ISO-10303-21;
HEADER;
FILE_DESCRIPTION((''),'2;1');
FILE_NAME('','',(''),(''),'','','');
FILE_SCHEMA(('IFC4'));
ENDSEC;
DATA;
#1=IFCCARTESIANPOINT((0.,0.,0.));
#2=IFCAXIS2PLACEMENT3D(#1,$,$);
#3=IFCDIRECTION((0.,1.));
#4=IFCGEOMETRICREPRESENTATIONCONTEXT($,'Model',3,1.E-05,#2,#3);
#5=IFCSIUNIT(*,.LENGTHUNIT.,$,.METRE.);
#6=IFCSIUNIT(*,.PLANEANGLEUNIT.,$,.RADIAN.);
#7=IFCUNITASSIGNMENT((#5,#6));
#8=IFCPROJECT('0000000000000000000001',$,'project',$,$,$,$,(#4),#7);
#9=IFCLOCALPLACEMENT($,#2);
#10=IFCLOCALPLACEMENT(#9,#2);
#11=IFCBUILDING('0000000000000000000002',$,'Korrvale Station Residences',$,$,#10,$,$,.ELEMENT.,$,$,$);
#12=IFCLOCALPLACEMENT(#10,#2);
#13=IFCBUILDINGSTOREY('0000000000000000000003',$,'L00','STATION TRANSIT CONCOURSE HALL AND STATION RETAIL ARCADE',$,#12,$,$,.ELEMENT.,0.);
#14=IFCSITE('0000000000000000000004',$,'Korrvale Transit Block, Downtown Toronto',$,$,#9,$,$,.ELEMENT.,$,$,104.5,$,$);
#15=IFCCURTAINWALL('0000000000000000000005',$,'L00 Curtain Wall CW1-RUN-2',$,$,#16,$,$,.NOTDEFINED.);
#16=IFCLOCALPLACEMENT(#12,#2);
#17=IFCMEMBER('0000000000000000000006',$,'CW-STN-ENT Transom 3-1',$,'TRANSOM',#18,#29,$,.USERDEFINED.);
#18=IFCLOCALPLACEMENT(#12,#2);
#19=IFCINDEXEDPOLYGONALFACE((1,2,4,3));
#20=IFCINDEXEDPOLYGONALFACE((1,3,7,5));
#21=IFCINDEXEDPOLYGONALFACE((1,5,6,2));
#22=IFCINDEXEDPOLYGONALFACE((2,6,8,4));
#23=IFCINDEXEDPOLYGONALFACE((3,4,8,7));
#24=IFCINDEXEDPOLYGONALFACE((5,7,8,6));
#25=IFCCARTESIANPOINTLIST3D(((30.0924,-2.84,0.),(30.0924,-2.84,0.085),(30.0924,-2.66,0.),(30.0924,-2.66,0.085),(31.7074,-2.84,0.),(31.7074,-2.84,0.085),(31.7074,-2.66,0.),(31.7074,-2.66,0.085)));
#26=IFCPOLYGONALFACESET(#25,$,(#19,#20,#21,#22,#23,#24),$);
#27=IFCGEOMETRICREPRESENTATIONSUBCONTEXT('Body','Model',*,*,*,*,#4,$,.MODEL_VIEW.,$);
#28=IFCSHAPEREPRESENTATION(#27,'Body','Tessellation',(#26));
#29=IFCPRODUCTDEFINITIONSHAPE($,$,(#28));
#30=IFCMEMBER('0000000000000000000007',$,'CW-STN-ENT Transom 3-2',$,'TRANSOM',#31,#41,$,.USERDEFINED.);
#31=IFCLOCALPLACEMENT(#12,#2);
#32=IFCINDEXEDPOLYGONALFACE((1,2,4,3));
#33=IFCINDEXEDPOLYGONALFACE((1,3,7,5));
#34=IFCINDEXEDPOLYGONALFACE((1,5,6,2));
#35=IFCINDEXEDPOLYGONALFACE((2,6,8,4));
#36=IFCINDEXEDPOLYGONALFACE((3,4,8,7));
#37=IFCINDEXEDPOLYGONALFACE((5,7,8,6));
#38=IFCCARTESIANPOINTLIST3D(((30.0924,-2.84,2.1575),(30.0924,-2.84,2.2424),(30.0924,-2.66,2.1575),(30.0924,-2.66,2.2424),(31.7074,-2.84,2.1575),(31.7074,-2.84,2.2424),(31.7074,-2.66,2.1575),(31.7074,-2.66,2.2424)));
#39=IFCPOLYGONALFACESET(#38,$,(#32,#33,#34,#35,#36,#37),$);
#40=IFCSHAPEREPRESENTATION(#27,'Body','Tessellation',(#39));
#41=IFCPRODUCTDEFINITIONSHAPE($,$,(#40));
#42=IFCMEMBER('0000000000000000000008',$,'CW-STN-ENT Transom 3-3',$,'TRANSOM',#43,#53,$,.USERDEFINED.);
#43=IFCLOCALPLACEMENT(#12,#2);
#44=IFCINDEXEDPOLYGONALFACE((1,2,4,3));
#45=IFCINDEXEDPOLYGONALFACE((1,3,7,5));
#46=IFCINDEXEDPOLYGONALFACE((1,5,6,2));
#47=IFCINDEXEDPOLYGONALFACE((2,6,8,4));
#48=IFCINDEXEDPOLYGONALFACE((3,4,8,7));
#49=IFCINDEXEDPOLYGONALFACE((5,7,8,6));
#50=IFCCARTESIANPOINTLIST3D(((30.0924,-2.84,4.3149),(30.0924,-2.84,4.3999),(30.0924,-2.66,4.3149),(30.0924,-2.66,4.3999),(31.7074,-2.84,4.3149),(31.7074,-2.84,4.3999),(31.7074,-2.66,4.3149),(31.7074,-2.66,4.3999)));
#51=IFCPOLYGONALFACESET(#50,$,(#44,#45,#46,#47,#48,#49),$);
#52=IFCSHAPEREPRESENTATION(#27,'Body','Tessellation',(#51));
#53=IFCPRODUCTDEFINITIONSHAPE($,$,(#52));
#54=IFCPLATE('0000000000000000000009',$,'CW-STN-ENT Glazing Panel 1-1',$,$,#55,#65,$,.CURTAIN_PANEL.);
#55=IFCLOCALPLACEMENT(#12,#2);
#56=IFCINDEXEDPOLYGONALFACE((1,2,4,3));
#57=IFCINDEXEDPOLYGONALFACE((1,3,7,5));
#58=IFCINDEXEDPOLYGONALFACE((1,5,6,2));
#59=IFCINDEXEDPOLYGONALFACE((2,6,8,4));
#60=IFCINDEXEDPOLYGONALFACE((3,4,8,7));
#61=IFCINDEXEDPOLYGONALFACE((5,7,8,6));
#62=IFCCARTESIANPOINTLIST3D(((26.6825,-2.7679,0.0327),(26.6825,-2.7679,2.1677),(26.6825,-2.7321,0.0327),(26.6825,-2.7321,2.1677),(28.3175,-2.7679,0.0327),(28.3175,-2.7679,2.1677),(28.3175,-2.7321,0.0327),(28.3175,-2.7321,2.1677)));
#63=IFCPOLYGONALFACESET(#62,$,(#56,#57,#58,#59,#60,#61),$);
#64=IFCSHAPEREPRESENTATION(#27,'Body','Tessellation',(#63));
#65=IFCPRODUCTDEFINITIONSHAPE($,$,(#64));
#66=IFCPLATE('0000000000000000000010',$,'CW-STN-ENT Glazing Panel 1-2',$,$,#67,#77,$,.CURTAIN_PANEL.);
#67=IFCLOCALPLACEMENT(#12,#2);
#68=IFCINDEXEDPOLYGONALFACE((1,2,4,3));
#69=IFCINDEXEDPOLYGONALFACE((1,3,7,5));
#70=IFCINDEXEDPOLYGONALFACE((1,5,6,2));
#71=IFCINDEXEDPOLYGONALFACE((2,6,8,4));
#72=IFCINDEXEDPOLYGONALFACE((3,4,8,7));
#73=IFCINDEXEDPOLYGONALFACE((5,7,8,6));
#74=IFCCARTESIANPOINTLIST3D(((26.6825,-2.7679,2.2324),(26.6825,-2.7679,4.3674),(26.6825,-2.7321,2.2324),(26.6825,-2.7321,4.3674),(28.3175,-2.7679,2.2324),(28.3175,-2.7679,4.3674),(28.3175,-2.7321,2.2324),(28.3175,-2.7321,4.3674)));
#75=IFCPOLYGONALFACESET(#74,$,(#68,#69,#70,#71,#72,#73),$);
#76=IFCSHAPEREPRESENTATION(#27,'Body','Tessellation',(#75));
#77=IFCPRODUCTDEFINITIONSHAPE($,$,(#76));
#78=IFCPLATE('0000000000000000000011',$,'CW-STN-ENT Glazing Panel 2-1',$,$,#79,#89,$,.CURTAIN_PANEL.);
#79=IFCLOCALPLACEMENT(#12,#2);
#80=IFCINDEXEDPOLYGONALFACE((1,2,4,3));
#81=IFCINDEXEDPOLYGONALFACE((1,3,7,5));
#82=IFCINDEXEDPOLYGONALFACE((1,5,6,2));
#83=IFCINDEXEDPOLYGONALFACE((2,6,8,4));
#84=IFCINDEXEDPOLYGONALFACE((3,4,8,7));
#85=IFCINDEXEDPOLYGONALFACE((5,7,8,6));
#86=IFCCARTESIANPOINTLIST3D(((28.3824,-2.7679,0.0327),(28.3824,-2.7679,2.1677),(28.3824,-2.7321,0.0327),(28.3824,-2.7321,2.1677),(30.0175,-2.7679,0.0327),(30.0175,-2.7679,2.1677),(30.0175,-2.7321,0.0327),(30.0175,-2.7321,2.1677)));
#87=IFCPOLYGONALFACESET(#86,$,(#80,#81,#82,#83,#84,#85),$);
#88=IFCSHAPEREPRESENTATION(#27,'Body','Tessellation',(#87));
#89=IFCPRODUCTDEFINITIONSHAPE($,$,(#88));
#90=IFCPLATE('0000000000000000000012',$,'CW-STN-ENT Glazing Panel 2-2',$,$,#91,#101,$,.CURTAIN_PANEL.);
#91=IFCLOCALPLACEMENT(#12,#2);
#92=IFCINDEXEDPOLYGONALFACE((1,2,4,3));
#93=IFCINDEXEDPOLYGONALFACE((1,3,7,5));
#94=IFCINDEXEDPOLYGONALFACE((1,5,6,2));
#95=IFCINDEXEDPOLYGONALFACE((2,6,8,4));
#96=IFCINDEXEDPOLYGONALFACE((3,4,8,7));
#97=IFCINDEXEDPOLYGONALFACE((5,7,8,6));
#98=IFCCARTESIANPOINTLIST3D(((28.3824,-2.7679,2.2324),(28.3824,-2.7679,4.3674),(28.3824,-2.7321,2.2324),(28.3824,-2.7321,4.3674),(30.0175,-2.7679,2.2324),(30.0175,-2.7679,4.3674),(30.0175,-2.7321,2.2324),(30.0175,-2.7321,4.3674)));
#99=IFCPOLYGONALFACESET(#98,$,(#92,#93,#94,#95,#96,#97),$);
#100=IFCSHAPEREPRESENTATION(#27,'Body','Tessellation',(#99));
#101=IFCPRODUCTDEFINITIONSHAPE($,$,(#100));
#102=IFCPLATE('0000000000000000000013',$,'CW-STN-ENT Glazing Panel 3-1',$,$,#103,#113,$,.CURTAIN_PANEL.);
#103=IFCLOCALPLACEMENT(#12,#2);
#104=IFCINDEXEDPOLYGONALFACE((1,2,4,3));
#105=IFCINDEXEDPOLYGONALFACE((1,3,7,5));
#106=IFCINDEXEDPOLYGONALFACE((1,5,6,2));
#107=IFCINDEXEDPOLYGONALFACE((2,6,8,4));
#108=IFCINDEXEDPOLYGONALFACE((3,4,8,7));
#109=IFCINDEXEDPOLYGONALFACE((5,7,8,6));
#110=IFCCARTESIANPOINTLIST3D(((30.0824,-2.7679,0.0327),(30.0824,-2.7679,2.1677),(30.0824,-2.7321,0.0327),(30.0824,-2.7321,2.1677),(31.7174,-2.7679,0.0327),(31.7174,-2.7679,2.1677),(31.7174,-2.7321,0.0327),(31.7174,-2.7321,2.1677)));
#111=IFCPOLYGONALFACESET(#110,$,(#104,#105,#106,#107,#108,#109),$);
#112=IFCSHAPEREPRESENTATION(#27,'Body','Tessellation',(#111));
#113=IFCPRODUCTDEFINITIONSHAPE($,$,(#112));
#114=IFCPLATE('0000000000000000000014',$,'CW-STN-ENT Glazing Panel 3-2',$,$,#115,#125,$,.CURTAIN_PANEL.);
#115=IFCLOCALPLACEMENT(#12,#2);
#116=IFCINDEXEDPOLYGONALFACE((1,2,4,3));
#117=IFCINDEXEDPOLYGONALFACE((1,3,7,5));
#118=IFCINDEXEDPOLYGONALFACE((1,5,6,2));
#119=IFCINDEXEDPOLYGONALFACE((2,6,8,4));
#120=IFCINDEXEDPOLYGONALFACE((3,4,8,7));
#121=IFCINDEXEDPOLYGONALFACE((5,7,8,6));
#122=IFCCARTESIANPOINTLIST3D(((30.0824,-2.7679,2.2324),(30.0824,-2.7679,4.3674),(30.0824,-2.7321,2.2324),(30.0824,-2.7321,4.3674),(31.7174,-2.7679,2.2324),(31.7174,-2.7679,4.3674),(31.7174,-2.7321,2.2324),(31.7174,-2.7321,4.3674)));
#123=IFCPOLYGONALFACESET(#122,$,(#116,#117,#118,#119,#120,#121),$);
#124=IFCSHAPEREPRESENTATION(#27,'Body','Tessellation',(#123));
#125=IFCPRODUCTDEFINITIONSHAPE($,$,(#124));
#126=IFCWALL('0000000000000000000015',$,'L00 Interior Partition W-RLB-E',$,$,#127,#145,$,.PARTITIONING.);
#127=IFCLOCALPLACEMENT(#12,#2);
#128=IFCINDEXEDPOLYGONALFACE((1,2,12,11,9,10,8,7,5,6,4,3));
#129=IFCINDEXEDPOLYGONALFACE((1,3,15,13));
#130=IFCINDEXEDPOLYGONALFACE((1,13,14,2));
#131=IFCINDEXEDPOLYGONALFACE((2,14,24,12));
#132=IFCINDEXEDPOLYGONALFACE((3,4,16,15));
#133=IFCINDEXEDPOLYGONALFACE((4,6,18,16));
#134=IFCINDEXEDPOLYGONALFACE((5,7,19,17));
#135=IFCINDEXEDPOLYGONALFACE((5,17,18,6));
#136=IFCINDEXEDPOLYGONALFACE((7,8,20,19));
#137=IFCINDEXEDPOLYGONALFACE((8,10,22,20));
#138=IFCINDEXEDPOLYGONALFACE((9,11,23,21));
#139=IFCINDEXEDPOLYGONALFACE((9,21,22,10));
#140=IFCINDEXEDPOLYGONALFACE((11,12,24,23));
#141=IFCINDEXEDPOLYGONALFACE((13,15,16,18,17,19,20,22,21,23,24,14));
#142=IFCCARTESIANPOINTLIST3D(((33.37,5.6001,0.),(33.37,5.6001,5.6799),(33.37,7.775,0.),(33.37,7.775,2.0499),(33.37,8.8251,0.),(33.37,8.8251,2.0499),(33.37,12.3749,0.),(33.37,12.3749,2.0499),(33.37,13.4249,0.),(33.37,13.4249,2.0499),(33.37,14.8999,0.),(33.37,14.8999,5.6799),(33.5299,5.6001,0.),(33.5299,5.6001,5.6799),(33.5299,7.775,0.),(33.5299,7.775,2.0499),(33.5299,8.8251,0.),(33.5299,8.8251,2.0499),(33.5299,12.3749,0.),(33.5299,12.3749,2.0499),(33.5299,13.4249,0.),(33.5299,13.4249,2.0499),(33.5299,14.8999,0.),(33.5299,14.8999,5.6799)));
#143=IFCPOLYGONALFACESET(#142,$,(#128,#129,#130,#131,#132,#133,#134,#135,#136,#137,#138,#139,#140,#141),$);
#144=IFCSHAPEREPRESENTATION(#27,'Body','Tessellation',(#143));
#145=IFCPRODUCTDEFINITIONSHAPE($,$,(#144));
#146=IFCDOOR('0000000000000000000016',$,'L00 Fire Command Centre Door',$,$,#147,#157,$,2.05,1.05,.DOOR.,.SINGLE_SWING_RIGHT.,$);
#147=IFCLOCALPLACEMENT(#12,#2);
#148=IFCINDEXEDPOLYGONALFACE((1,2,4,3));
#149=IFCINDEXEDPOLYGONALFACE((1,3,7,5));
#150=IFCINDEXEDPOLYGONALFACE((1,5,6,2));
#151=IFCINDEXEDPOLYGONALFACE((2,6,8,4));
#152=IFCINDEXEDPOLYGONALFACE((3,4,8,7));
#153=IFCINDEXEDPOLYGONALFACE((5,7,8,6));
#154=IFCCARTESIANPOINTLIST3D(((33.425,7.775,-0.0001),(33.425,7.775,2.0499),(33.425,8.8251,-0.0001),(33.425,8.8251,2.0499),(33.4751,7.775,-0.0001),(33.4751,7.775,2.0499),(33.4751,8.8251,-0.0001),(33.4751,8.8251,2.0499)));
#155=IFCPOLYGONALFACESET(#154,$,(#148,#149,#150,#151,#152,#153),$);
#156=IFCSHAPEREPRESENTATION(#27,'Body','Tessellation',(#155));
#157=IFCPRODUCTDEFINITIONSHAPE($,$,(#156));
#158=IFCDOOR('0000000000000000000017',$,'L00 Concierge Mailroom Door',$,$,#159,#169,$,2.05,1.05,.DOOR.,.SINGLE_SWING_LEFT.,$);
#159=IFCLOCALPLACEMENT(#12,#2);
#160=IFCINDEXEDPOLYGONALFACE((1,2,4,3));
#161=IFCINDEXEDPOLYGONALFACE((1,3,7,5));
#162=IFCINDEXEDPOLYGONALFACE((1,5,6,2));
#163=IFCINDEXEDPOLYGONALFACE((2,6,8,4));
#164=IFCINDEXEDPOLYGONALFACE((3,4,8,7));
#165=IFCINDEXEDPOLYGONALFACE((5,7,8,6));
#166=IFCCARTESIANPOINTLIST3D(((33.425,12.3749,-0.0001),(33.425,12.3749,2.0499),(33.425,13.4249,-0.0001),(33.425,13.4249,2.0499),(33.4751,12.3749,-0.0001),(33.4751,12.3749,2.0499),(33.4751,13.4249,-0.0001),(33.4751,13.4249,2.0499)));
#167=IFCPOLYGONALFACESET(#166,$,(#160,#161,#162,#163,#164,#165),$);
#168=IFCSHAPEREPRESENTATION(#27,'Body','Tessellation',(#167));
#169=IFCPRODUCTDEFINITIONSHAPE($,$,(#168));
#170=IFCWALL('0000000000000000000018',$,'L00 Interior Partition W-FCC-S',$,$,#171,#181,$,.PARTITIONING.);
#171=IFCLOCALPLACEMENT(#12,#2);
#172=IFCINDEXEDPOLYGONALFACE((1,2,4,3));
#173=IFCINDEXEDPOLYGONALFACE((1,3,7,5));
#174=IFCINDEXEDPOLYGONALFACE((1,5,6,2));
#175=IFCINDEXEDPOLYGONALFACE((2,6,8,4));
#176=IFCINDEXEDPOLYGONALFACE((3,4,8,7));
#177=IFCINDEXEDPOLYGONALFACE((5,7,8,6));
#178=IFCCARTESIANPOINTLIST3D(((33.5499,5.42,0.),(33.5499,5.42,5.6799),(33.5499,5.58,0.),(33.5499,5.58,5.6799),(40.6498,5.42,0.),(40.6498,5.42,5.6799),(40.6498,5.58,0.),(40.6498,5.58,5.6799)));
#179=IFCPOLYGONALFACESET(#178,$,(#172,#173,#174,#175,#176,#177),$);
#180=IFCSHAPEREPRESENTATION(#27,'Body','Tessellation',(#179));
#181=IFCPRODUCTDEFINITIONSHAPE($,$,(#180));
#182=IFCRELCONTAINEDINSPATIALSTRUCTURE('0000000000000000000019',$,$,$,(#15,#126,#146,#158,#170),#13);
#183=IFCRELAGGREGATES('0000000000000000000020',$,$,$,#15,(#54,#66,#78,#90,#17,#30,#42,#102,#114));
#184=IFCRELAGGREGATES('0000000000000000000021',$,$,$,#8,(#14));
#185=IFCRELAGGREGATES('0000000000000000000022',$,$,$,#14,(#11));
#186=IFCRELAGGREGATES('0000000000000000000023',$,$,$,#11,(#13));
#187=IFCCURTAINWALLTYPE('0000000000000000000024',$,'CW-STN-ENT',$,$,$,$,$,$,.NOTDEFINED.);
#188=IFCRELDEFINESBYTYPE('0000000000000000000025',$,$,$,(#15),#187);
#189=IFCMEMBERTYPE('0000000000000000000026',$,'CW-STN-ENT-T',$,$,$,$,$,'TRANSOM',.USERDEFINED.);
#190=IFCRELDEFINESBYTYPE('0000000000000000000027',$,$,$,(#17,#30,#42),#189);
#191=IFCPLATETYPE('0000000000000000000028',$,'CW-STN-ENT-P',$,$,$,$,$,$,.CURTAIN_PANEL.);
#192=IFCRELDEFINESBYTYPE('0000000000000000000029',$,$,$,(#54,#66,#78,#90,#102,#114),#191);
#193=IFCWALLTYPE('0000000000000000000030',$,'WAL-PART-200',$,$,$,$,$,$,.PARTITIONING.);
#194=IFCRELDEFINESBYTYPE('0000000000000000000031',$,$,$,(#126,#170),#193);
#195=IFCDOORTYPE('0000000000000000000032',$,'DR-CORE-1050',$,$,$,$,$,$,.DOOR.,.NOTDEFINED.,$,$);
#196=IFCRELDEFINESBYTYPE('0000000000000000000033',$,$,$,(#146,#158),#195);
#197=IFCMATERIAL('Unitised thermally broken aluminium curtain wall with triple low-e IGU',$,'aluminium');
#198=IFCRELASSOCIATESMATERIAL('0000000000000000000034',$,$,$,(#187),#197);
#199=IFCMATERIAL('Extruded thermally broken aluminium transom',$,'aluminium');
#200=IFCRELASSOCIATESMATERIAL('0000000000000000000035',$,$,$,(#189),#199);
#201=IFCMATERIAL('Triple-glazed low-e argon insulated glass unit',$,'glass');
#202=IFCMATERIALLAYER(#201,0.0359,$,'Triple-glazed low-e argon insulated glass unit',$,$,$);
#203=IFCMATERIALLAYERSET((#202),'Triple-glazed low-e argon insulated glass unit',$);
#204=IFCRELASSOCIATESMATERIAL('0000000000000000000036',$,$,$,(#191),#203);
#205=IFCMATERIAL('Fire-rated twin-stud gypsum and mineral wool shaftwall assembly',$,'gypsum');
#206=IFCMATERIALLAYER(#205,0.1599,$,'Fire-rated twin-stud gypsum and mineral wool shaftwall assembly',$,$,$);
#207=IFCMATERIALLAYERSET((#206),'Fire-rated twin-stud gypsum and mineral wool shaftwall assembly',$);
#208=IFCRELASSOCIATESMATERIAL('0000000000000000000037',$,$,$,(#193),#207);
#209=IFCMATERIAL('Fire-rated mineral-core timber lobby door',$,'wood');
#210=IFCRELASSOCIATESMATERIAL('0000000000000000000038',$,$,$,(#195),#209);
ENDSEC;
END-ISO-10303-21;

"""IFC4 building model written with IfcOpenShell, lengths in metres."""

from ifc_helpers import new_model, si_unit, direction, frame, frame_2d, origin, origin_2d, place, context, subcontext, project, spatial, rectangle, extrude, material, layer, layer_set, type_object, element, fill, aggregate, save


model = new_model("IFC4")

# Units and contexts
model_context = context("Model", 3, precision=1e-05, world=origin(), true_north=direction((0.0, 1.0)))
body_context = subcontext(model_context, "Body", "Model", "MODEL_VIEW")
ifc_project = project(units=[si_unit("LENGTHUNIT", "METRE"), si_unit("PLANEANGLEUNIT", "RADIAN")], contexts=[model_context])

# Site, building, storey
site_placement = place(None, origin())
site = spatial("IfcSite", under=ifc_project, at=site_placement, Name="Korrvale Transit Block, Downtown Toronto", CompositionType="ELEMENT", RefElevation=104.5)
building_placement = place(site_placement, origin())
building = spatial("IfcBuilding", under=site, at=building_placement, Name="Korrvale Station Residences", CompositionType="ELEMENT")
storey_placement = place(building_placement, origin())
storey = spatial("IfcBuildingStorey", under=building, at=storey_placement, Name="L00", Description="STATION TRANSIT CONCOURSE HALL AND STATION RETAIL ARCADE", CompositionType="ELEMENT", Elevation=0.0)

# Curtain wall, members, plates
ifc_material_1 = material(Name="Unitised thermally broken aluminium curtain wall with triple low-e IGU", Category="aluminium")
curtain_wall_type = type_object("IfcCurtainWallType", Name="CW-STN-ENT", PredefinedType="NOTDEFINED", material=ifc_material_1)
curtain_wall_placement = place(storey_placement, origin())
curtain_wall = element("IfcCurtainWall", 1, at=curtain_wall_placement, inside=storey, type_object=curtain_wall_type, Name="L00 Curtain Wall CW1-RUN-2", PredefinedType="NOTDEFINED")
ifc_material_2 = material(Name="Extruded thermally broken aluminium transom", Category="aluminium")
member_type_1 = type_object("IfcMemberType", Name="CW-STN-ENT-T", ElementType="TRANSOM", PredefinedType="USERDEFINED", material=ifc_material_2)
member_1_placement = place(storey_placement, frame((30.8999, -2.75, 0.0), z_axis=(0.0, 0.0, 1.0), x_axis=(1.0, 0.0, 0.0)))
member_1 = element("IfcMember", 2, at=member_1_placement, type_object=member_type_1, Name="CW-STN-ENT Transom 3-1", ObjectType="TRANSOM", PredefinedType="USERDEFINED", context=body_context, shape_type="SweptSolid", body=[
    extrude(rectangle(XDim=1.615, YDim=0.1799, at=origin_2d()), origin(), (0.0, 0.0, 1.0), 0.085),
])
member_2_placement = place(storey_placement, frame((30.8999, -2.75, 2.1575), z_axis=(0.0, 0.0, 1.0), x_axis=(1.0, 0.0, 0.0)))
member_2 = element("IfcMember", 3, at=member_2_placement, type_object=member_type_1, Name="CW-STN-ENT Transom 3-2", ObjectType="TRANSOM", PredefinedType="USERDEFINED", context=body_context, shape_type="SweptSolid", body=[
    extrude(rectangle(XDim=1.615, YDim=0.1799, at=origin_2d()), origin(), (0.0, 0.0, 1.0), 0.085),
])
member_3_placement = place(storey_placement, frame((30.8999, -2.75, 4.3149), z_axis=(0.0, 0.0, 1.0), x_axis=(1.0, 0.0, 0.0)))
member_3 = element("IfcMember", 4, at=member_3_placement, type_object=member_type_1, Name="CW-STN-ENT Transom 3-3", ObjectType="TRANSOM", PredefinedType="USERDEFINED", context=body_context, shape_type="SweptSolid", body=[
    extrude(rectangle(XDim=1.615, YDim=0.1799, at=origin_2d()), origin(), (0.0, 0.0, 1.0), 0.085),
])
ifc_material_3 = material(Name="Triple-glazed low-e argon insulated glass unit", Category="glass")
ifc_layer_1 = layer(ifc_material_3, 0.0359, Name="Triple-glazed low-e argon insulated glass unit")
ifc_layer_set_1 = layer_set([ifc_layer_1], Name="Triple-glazed low-e argon insulated glass unit")
plate_type = type_object("IfcPlateType", Name="CW-STN-ENT-P", PredefinedType="CURTAIN_PANEL", material=ifc_layer_set_1)
plate_1_placement = place(storey_placement, frame((27.5, -2.75, 0.0327), z_axis=(0.0, 0.0, 1.0), x_axis=(1.0, 0.0, 0.0)))
plate_1 = element("IfcPlate", 5, at=plate_1_placement, type_object=plate_type, Name="CW-STN-ENT Glazing Panel 1-1", PredefinedType="CURTAIN_PANEL", context=body_context, shape_type="SweptSolid", body=[
    extrude(rectangle(XDim=1.635, YDim=0.0359, at=origin_2d()), origin(), (0.0, 0.0, 1.0), 2.135),
])
plate_2_placement = place(storey_placement, frame((27.5, -2.75, 2.2324), z_axis=(0.0, 0.0, 1.0), x_axis=(1.0, 0.0, 0.0)))
plate_2 = element("IfcPlate", 6, at=plate_2_placement, type_object=plate_type, Name="CW-STN-ENT Glazing Panel 1-2", PredefinedType="CURTAIN_PANEL", context=body_context, shape_type="SweptSolid", body=[
    extrude(rectangle(XDim=1.635, YDim=0.0359, at=origin_2d()), origin(), (0.0, 0.0, 1.0), 2.135),
])
plate_3_placement = place(storey_placement, frame((29.2, -2.75, 0.0327), z_axis=(0.0, 0.0, 1.0), x_axis=(1.0, 0.0, 0.0)))
plate_3 = element("IfcPlate", 7, at=plate_3_placement, type_object=plate_type, Name="CW-STN-ENT Glazing Panel 2-1", PredefinedType="CURTAIN_PANEL", context=body_context, shape_type="SweptSolid", body=[
    extrude(rectangle(XDim=1.635, YDim=0.0359, at=origin_2d()), origin(), (0.0, 0.0, 1.0), 2.135),
])
plate_4_placement = place(storey_placement, frame((29.2, -2.75, 2.2324), z_axis=(0.0, 0.0, 1.0), x_axis=(1.0, 0.0, 0.0)))
plate_4 = element("IfcPlate", 8, at=plate_4_placement, type_object=plate_type, Name="CW-STN-ENT Glazing Panel 2-2", PredefinedType="CURTAIN_PANEL", context=body_context, shape_type="SweptSolid", body=[
    extrude(rectangle(XDim=1.635, YDim=0.0359, at=origin_2d()), origin(), (0.0, 0.0, 1.0), 2.135),
])
plate_5_placement = place(storey_placement, frame((30.8999, -2.75, 0.0327), z_axis=(0.0, 0.0, 1.0), x_axis=(1.0, 0.0, 0.0)))
plate_5 = element("IfcPlate", 9, at=plate_5_placement, type_object=plate_type, Name="CW-STN-ENT Glazing Panel 3-1", PredefinedType="CURTAIN_PANEL", context=body_context, shape_type="SweptSolid", body=[
    extrude(rectangle(XDim=1.635, YDim=0.0359, at=origin_2d()), origin(), (0.0, 0.0, 1.0), 2.135),
])
plate_6_placement = place(storey_placement, frame((30.8999, -2.75, 2.2324), z_axis=(0.0, 0.0, 1.0), x_axis=(1.0, 0.0, 0.0)))
plate_6 = element("IfcPlate", 10, at=plate_6_placement, type_object=plate_type, Name="CW-STN-ENT Glazing Panel 3-2", PredefinedType="CURTAIN_PANEL", context=body_context, shape_type="SweptSolid", body=[
    extrude(rectangle(XDim=1.635, YDim=0.0359, at=origin_2d()), origin(), (0.0, 0.0, 1.0), 2.135),
])
aggregate(curtain_wall, [plate_1, plate_2, plate_3, plate_4, member_1, member_2, member_3, plate_5, plate_6])

# Wall, openings, doors
ifc_material_4 = material(Name="Fire-rated twin-stud gypsum and mineral wool shaftwall assembly", Category="gypsum")
ifc_layer_2 = layer(ifc_material_4, 0.1599, Name="Fire-rated twin-stud gypsum and mineral wool shaftwall assembly")
ifc_layer_set_2 = layer_set([ifc_layer_2], Name="Fire-rated twin-stud gypsum and mineral wool shaftwall assembly")
wall_type = type_object("IfcWallType", Name="WAL-PART-200", PredefinedType="PARTITIONING", material=ifc_layer_set_2)
wall_1_placement = place(storey_placement, frame((33.45, 5.6001, 0.0), z_axis=(0.0, 0.0, 1.0), x_axis=(0.0, 1.0, 0.0)))
wall_1 = element("IfcWall", 11, at=wall_1_placement, inside=storey, type_object=wall_type, Name="L00 Interior Partition W-RLB-E", PredefinedType="PARTITIONING", context=body_context, shape_type="SweptSolid", body=[
    extrude(rectangle(XDim=9.2998, YDim=0.1599, at=frame_2d((4.6499, 0.0))), origin(), (0.0, 0.0, 1.0), 5.6799),
])
opening_1_placement = place(wall_1_placement, frame((2.175, 0.0, 0.0)))
opening_1 = element("IfcOpeningElement", 12, at=opening_1_placement, cuts=wall_1, PredefinedType="OPENING", context=body_context, shape_type="SweptSolid", body=[
    extrude(rectangle(XDim=1.05, YDim=2.05, at=frame_2d((0.5249, 1.0249))), frame((0.0, 0.0898, 0.0), z_axis=(0.0, -1.0, 0.0), x_axis=(1.0, 0.0, 0.0)), (0.0, 0.0, 1.0), 0.1799),
])
opening_2_placement = place(wall_1_placement, frame((6.7749, 0.0, 0.0)))
opening_2 = element("IfcOpeningElement", 13, at=opening_2_placement, cuts=wall_1, PredefinedType="OPENING", context=body_context, shape_type="SweptSolid", body=[
    extrude(rectangle(XDim=1.05, YDim=2.05, at=frame_2d((0.5249, 1.0249))), frame((0.0, 0.0898, 0.0), z_axis=(0.0, -1.0, 0.0), x_axis=(1.0, 0.0, 0.0)), (0.0, 0.0, 1.0), 0.1799),
])
ifc_material_5 = material(Name="Fire-rated mineral-core timber lobby door", Category="wood")
door_type = type_object("IfcDoorType", Name="DR-CORE-1050", OperationType="NOTDEFINED", PredefinedType="DOOR", material=ifc_material_5)
door_1_placement = place(opening_1_placement, origin())
door_1 = element("IfcDoor", 14, at=door_1_placement, inside=storey, type_object=door_type, Name="L00 Fire Command Centre Door", OperationType="SINGLE_SWING_RIGHT", OverallHeight=2.05, OverallWidth=1.05, PredefinedType="DOOR", context=body_context, shape_type="SweptSolid", body=[
    extrude(rectangle(XDim=1.05, YDim=2.05, at=frame_2d((0.5249, 1.0249))), frame((0.0, 0.0249, 0.0), z_axis=(0.0, -1.0, 0.0), x_axis=(1.0, 0.0, 0.0)), (0.0, 0.0, 1.0), 0.05),
])
fill(opening_1, door_1)
door_2_placement = place(opening_2_placement, origin())
door_2 = element("IfcDoor", 15, at=door_2_placement, inside=storey, type_object=door_type, Name="L00 Concierge Mailroom Door", OperationType="SINGLE_SWING_LEFT", OverallHeight=2.05, OverallWidth=1.05, PredefinedType="DOOR", context=body_context, shape_type="SweptSolid", body=[
    extrude(rectangle(XDim=1.05, YDim=2.05, at=frame_2d((0.5249, 1.0249))), frame((0.0, 0.0249, 0.0), z_axis=(0.0, -1.0, 0.0), x_axis=(1.0, 0.0, 0.0)), (0.0, 0.0, 1.0), 0.05),
])
fill(opening_2, door_2)

# Wall
wall_2_placement = place(storey_placement, frame((33.55, 5.5, 0.0), z_axis=(0.0, 0.0, 1.0), x_axis=(1.0, 0.0, 0.0)))
element("IfcWall", 16, at=wall_2_placement, inside=storey, type_object=wall_type, Name="L00 Interior Partition W-FCC-S", PredefinedType="PARTITIONING", context=body_context, shape_type="SweptSolid", body=[
    extrude(rectangle(XDim=7.0999, YDim=0.1599, at=frame_2d((3.5498, 0.0))), origin(), (0.0, 0.0, 1.0), 5.6799),
])

save(model, "model.ifc")
